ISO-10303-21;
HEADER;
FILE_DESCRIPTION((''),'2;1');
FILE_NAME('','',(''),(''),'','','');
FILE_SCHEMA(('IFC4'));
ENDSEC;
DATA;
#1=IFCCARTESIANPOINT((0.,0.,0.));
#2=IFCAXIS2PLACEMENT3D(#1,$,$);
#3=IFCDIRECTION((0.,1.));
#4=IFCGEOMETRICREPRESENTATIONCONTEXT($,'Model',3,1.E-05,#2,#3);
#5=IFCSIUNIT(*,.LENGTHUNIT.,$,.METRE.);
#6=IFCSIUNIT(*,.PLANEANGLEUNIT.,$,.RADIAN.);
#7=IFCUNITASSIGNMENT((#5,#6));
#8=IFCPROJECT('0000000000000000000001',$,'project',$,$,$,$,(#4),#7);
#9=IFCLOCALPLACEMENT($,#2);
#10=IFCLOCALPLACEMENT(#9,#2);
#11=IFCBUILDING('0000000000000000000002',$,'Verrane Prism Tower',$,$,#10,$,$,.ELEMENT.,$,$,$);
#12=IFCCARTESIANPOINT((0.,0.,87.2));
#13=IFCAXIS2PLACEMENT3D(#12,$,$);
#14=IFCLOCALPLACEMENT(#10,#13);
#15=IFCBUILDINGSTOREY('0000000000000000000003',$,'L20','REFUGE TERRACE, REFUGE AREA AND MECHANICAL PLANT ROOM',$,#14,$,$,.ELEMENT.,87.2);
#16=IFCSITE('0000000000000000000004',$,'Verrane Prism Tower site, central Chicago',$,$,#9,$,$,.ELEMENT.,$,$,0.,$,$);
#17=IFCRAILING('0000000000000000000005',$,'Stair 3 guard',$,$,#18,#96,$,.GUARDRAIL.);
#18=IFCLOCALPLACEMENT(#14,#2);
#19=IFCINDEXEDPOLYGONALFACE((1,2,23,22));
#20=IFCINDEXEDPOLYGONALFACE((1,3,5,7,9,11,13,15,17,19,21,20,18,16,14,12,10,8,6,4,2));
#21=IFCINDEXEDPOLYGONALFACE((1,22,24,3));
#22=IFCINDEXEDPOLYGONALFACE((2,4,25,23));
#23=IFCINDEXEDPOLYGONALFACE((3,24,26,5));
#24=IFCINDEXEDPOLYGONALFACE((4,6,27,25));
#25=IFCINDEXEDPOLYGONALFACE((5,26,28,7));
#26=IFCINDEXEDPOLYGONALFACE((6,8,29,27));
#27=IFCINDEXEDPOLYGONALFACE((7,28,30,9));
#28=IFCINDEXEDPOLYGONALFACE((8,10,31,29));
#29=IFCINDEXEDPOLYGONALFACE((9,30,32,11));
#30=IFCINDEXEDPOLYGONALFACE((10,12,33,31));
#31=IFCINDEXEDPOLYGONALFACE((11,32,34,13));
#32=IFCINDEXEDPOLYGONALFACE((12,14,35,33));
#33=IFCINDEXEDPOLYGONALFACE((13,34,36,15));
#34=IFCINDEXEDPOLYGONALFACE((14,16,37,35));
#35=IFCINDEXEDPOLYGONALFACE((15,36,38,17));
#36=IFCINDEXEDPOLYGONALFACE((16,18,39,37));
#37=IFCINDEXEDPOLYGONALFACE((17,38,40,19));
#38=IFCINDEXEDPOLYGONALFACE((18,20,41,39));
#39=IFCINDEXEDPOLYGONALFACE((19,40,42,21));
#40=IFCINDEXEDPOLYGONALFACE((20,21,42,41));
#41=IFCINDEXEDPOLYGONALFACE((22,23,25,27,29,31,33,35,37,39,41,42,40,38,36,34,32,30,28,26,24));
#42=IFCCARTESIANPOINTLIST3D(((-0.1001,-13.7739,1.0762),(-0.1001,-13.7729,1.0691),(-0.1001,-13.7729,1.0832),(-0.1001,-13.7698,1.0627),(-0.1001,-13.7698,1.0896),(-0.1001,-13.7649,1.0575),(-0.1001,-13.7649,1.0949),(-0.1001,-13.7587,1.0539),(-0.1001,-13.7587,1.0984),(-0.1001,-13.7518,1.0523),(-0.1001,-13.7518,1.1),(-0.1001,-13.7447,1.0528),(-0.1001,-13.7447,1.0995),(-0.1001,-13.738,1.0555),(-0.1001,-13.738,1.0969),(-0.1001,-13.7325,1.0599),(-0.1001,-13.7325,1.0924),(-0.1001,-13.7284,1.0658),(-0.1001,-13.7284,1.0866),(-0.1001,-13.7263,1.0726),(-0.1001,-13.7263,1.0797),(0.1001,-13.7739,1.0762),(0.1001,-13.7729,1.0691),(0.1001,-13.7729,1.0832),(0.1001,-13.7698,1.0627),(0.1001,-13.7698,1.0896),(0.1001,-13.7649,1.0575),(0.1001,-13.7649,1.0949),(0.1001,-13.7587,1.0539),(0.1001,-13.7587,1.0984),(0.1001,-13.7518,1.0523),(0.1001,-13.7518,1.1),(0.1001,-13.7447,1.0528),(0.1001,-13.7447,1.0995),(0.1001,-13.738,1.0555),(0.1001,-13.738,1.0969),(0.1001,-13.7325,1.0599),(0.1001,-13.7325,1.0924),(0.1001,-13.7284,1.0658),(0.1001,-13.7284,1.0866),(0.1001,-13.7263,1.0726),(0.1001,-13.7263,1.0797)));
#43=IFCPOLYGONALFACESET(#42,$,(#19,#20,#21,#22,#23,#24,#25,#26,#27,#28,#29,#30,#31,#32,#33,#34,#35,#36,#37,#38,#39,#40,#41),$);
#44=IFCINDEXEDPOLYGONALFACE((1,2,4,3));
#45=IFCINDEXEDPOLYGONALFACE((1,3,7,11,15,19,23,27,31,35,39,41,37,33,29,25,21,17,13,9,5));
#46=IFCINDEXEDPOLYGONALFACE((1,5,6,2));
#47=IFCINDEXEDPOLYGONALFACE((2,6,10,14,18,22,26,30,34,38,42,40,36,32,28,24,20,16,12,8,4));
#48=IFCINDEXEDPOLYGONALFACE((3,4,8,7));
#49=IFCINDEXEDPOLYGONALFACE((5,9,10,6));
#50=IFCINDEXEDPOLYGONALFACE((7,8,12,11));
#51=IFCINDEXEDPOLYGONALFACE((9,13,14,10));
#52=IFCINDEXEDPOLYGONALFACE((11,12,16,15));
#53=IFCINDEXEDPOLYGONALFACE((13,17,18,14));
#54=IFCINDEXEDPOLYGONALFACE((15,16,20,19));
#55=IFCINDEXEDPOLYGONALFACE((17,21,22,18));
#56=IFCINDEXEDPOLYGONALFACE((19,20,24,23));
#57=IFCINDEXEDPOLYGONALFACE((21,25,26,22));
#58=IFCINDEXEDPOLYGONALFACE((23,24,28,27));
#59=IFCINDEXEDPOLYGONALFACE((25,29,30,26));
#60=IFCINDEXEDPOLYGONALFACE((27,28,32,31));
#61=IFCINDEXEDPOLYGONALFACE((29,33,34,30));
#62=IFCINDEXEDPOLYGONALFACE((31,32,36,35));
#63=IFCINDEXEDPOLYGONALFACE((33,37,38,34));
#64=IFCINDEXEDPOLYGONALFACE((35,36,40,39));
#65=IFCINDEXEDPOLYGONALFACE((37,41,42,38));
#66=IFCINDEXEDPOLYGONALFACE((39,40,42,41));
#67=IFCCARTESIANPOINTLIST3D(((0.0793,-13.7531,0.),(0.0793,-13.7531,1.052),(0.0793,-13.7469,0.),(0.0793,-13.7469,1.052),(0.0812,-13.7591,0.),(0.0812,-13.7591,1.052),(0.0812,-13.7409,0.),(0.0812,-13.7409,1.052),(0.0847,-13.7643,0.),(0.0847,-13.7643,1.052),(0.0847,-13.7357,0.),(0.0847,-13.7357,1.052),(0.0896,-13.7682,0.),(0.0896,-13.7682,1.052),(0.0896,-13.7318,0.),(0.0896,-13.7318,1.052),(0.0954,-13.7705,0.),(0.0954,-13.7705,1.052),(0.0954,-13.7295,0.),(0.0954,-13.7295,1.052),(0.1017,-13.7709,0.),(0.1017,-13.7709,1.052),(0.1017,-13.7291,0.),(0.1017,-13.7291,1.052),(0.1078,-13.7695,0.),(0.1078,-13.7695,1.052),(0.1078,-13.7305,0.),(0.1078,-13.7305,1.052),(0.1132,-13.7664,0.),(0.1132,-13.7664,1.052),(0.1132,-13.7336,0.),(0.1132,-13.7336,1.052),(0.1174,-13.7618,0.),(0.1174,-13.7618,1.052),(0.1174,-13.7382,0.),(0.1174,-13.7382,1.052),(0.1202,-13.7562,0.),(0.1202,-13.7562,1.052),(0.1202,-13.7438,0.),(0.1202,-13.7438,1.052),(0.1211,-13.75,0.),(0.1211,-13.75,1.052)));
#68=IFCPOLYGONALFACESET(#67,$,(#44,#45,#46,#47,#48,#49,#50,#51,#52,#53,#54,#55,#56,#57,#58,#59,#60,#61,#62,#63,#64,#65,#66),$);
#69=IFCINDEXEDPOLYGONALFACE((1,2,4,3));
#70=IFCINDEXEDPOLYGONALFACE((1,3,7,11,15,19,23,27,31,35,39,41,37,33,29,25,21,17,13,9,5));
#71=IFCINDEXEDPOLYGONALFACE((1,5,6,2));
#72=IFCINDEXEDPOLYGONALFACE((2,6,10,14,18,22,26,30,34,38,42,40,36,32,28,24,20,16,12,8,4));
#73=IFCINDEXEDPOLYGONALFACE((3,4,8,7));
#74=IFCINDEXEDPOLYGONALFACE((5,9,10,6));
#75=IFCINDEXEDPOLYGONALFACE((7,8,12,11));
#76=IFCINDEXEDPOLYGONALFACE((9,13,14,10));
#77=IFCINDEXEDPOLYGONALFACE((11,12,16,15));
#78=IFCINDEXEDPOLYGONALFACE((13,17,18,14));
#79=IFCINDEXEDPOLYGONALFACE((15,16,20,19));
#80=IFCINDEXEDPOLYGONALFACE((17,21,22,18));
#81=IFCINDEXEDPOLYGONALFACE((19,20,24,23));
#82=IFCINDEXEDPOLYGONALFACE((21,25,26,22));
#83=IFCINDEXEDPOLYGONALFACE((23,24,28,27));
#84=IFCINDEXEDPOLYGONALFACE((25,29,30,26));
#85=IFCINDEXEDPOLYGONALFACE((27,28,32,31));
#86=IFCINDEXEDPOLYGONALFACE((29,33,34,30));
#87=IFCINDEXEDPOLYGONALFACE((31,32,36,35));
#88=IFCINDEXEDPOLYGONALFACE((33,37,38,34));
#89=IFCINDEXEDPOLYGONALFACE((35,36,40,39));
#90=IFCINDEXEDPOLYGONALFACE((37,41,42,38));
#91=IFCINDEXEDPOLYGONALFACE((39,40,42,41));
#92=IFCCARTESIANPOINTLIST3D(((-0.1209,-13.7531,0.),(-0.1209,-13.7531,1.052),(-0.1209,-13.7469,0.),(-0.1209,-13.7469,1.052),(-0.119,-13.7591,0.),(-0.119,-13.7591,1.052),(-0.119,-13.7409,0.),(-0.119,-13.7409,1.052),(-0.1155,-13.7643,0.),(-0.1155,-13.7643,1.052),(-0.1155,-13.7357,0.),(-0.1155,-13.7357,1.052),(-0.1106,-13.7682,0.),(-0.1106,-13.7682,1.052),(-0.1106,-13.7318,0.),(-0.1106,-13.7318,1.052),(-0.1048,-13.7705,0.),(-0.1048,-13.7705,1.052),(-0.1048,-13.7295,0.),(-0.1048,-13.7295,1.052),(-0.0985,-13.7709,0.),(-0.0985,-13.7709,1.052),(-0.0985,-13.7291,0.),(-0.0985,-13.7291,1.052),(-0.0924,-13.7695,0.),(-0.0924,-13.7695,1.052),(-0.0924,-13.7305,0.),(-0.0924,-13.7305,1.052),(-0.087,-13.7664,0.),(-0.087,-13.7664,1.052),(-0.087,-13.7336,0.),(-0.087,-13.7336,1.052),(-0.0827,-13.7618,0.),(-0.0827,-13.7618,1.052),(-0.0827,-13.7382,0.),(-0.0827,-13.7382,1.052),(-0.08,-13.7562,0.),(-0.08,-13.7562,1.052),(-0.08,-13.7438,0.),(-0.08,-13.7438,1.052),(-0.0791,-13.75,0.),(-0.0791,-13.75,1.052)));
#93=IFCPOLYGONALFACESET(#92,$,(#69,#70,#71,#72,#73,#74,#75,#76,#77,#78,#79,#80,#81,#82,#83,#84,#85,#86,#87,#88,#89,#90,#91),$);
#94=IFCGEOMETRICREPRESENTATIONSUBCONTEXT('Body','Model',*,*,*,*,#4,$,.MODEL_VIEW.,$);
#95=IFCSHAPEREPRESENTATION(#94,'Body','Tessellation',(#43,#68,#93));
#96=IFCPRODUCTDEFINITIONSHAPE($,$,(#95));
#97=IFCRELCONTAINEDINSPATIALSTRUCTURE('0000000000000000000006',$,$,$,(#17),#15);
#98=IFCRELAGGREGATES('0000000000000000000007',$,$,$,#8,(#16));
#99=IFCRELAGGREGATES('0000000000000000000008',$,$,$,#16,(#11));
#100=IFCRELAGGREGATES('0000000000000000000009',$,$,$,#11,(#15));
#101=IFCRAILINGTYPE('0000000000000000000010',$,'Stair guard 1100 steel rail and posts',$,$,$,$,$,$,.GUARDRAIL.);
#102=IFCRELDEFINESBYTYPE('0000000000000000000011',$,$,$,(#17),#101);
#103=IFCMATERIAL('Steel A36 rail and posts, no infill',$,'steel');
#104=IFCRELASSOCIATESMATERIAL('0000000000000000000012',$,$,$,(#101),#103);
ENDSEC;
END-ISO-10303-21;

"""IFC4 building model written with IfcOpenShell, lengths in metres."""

from ifc_helpers import new_model, si_unit, direction, frame, origin, origin_2d, place, context, subcontext, project, spatial, circle, extrude, material, type_object, element, save


model = new_model("IFC4")

# Units and contexts
model_context = context("Model", 3, precision=1e-05, world=origin(), true_north=direction((0.0, 1.0)))
body_context = subcontext(model_context, "Body", "Model", "MODEL_VIEW")
ifc_project = project(units=[si_unit("LENGTHUNIT", "METRE"), si_unit("PLANEANGLEUNIT", "RADIAN")], contexts=[model_context])

# Site, building, storey
site_placement = place(None, origin())
site = spatial("IfcSite", under=ifc_project, at=site_placement, Name="Verrane Prism Tower site, central Chicago", CompositionType="ELEMENT", RefElevation=0.0)
building_placement = place(site_placement, origin())
building = spatial("IfcBuilding", under=site, at=building_placement, Name="Verrane Prism Tower", CompositionType="ELEMENT")
storey_placement = place(building_placement, frame((0.0, 0.0, 87.2)))
storey = spatial("IfcBuildingStorey", under=building, at=storey_placement, Name="L20", Description="REFUGE TERRACE, REFUGE AREA AND MECHANICAL PLANT ROOM", CompositionType="ELEMENT", Elevation=87.2)

# Railing
ifc_material_1 = material(Name="Steel A36 rail and posts, no infill", Category="steel")
railing_type_1 = type_object("IfcRailingType", Name="Stair guard 1100 steel rail and posts", PredefinedType="GUARDRAIL", material=ifc_material_1)
railing_1_placement = place(storey_placement, frame((0.1001, -13.75, 0.0)))
element("IfcRailing", 1, at=railing_1_placement, inside=storey, type_object=railing_type_1, Name="Stair 3 guard", PredefinedType="GUARDRAIL", context=body_context, shape_type="SweptSolid", body=[
    extrude(circle(Radius=0.0239, at=origin_2d()), frame((0.0, 0.0, 1.0762), z_axis=(-1.0, 0.0, 0.0), x_axis=(0.0, -1.0, 0.0)), (0.0, 0.0, 1.0), 0.2002),
    extrude(circle(Radius=0.021, at=origin_2d()), origin(), (0.0, 0.0, 1.0), 1.052),
    extrude(circle(Radius=0.021, at=origin_2d()), frame((-0.2002, 0.0, 0.0)), (0.0, 0.0, 1.0), 1.052),
])

save(model, "model.ifc")
